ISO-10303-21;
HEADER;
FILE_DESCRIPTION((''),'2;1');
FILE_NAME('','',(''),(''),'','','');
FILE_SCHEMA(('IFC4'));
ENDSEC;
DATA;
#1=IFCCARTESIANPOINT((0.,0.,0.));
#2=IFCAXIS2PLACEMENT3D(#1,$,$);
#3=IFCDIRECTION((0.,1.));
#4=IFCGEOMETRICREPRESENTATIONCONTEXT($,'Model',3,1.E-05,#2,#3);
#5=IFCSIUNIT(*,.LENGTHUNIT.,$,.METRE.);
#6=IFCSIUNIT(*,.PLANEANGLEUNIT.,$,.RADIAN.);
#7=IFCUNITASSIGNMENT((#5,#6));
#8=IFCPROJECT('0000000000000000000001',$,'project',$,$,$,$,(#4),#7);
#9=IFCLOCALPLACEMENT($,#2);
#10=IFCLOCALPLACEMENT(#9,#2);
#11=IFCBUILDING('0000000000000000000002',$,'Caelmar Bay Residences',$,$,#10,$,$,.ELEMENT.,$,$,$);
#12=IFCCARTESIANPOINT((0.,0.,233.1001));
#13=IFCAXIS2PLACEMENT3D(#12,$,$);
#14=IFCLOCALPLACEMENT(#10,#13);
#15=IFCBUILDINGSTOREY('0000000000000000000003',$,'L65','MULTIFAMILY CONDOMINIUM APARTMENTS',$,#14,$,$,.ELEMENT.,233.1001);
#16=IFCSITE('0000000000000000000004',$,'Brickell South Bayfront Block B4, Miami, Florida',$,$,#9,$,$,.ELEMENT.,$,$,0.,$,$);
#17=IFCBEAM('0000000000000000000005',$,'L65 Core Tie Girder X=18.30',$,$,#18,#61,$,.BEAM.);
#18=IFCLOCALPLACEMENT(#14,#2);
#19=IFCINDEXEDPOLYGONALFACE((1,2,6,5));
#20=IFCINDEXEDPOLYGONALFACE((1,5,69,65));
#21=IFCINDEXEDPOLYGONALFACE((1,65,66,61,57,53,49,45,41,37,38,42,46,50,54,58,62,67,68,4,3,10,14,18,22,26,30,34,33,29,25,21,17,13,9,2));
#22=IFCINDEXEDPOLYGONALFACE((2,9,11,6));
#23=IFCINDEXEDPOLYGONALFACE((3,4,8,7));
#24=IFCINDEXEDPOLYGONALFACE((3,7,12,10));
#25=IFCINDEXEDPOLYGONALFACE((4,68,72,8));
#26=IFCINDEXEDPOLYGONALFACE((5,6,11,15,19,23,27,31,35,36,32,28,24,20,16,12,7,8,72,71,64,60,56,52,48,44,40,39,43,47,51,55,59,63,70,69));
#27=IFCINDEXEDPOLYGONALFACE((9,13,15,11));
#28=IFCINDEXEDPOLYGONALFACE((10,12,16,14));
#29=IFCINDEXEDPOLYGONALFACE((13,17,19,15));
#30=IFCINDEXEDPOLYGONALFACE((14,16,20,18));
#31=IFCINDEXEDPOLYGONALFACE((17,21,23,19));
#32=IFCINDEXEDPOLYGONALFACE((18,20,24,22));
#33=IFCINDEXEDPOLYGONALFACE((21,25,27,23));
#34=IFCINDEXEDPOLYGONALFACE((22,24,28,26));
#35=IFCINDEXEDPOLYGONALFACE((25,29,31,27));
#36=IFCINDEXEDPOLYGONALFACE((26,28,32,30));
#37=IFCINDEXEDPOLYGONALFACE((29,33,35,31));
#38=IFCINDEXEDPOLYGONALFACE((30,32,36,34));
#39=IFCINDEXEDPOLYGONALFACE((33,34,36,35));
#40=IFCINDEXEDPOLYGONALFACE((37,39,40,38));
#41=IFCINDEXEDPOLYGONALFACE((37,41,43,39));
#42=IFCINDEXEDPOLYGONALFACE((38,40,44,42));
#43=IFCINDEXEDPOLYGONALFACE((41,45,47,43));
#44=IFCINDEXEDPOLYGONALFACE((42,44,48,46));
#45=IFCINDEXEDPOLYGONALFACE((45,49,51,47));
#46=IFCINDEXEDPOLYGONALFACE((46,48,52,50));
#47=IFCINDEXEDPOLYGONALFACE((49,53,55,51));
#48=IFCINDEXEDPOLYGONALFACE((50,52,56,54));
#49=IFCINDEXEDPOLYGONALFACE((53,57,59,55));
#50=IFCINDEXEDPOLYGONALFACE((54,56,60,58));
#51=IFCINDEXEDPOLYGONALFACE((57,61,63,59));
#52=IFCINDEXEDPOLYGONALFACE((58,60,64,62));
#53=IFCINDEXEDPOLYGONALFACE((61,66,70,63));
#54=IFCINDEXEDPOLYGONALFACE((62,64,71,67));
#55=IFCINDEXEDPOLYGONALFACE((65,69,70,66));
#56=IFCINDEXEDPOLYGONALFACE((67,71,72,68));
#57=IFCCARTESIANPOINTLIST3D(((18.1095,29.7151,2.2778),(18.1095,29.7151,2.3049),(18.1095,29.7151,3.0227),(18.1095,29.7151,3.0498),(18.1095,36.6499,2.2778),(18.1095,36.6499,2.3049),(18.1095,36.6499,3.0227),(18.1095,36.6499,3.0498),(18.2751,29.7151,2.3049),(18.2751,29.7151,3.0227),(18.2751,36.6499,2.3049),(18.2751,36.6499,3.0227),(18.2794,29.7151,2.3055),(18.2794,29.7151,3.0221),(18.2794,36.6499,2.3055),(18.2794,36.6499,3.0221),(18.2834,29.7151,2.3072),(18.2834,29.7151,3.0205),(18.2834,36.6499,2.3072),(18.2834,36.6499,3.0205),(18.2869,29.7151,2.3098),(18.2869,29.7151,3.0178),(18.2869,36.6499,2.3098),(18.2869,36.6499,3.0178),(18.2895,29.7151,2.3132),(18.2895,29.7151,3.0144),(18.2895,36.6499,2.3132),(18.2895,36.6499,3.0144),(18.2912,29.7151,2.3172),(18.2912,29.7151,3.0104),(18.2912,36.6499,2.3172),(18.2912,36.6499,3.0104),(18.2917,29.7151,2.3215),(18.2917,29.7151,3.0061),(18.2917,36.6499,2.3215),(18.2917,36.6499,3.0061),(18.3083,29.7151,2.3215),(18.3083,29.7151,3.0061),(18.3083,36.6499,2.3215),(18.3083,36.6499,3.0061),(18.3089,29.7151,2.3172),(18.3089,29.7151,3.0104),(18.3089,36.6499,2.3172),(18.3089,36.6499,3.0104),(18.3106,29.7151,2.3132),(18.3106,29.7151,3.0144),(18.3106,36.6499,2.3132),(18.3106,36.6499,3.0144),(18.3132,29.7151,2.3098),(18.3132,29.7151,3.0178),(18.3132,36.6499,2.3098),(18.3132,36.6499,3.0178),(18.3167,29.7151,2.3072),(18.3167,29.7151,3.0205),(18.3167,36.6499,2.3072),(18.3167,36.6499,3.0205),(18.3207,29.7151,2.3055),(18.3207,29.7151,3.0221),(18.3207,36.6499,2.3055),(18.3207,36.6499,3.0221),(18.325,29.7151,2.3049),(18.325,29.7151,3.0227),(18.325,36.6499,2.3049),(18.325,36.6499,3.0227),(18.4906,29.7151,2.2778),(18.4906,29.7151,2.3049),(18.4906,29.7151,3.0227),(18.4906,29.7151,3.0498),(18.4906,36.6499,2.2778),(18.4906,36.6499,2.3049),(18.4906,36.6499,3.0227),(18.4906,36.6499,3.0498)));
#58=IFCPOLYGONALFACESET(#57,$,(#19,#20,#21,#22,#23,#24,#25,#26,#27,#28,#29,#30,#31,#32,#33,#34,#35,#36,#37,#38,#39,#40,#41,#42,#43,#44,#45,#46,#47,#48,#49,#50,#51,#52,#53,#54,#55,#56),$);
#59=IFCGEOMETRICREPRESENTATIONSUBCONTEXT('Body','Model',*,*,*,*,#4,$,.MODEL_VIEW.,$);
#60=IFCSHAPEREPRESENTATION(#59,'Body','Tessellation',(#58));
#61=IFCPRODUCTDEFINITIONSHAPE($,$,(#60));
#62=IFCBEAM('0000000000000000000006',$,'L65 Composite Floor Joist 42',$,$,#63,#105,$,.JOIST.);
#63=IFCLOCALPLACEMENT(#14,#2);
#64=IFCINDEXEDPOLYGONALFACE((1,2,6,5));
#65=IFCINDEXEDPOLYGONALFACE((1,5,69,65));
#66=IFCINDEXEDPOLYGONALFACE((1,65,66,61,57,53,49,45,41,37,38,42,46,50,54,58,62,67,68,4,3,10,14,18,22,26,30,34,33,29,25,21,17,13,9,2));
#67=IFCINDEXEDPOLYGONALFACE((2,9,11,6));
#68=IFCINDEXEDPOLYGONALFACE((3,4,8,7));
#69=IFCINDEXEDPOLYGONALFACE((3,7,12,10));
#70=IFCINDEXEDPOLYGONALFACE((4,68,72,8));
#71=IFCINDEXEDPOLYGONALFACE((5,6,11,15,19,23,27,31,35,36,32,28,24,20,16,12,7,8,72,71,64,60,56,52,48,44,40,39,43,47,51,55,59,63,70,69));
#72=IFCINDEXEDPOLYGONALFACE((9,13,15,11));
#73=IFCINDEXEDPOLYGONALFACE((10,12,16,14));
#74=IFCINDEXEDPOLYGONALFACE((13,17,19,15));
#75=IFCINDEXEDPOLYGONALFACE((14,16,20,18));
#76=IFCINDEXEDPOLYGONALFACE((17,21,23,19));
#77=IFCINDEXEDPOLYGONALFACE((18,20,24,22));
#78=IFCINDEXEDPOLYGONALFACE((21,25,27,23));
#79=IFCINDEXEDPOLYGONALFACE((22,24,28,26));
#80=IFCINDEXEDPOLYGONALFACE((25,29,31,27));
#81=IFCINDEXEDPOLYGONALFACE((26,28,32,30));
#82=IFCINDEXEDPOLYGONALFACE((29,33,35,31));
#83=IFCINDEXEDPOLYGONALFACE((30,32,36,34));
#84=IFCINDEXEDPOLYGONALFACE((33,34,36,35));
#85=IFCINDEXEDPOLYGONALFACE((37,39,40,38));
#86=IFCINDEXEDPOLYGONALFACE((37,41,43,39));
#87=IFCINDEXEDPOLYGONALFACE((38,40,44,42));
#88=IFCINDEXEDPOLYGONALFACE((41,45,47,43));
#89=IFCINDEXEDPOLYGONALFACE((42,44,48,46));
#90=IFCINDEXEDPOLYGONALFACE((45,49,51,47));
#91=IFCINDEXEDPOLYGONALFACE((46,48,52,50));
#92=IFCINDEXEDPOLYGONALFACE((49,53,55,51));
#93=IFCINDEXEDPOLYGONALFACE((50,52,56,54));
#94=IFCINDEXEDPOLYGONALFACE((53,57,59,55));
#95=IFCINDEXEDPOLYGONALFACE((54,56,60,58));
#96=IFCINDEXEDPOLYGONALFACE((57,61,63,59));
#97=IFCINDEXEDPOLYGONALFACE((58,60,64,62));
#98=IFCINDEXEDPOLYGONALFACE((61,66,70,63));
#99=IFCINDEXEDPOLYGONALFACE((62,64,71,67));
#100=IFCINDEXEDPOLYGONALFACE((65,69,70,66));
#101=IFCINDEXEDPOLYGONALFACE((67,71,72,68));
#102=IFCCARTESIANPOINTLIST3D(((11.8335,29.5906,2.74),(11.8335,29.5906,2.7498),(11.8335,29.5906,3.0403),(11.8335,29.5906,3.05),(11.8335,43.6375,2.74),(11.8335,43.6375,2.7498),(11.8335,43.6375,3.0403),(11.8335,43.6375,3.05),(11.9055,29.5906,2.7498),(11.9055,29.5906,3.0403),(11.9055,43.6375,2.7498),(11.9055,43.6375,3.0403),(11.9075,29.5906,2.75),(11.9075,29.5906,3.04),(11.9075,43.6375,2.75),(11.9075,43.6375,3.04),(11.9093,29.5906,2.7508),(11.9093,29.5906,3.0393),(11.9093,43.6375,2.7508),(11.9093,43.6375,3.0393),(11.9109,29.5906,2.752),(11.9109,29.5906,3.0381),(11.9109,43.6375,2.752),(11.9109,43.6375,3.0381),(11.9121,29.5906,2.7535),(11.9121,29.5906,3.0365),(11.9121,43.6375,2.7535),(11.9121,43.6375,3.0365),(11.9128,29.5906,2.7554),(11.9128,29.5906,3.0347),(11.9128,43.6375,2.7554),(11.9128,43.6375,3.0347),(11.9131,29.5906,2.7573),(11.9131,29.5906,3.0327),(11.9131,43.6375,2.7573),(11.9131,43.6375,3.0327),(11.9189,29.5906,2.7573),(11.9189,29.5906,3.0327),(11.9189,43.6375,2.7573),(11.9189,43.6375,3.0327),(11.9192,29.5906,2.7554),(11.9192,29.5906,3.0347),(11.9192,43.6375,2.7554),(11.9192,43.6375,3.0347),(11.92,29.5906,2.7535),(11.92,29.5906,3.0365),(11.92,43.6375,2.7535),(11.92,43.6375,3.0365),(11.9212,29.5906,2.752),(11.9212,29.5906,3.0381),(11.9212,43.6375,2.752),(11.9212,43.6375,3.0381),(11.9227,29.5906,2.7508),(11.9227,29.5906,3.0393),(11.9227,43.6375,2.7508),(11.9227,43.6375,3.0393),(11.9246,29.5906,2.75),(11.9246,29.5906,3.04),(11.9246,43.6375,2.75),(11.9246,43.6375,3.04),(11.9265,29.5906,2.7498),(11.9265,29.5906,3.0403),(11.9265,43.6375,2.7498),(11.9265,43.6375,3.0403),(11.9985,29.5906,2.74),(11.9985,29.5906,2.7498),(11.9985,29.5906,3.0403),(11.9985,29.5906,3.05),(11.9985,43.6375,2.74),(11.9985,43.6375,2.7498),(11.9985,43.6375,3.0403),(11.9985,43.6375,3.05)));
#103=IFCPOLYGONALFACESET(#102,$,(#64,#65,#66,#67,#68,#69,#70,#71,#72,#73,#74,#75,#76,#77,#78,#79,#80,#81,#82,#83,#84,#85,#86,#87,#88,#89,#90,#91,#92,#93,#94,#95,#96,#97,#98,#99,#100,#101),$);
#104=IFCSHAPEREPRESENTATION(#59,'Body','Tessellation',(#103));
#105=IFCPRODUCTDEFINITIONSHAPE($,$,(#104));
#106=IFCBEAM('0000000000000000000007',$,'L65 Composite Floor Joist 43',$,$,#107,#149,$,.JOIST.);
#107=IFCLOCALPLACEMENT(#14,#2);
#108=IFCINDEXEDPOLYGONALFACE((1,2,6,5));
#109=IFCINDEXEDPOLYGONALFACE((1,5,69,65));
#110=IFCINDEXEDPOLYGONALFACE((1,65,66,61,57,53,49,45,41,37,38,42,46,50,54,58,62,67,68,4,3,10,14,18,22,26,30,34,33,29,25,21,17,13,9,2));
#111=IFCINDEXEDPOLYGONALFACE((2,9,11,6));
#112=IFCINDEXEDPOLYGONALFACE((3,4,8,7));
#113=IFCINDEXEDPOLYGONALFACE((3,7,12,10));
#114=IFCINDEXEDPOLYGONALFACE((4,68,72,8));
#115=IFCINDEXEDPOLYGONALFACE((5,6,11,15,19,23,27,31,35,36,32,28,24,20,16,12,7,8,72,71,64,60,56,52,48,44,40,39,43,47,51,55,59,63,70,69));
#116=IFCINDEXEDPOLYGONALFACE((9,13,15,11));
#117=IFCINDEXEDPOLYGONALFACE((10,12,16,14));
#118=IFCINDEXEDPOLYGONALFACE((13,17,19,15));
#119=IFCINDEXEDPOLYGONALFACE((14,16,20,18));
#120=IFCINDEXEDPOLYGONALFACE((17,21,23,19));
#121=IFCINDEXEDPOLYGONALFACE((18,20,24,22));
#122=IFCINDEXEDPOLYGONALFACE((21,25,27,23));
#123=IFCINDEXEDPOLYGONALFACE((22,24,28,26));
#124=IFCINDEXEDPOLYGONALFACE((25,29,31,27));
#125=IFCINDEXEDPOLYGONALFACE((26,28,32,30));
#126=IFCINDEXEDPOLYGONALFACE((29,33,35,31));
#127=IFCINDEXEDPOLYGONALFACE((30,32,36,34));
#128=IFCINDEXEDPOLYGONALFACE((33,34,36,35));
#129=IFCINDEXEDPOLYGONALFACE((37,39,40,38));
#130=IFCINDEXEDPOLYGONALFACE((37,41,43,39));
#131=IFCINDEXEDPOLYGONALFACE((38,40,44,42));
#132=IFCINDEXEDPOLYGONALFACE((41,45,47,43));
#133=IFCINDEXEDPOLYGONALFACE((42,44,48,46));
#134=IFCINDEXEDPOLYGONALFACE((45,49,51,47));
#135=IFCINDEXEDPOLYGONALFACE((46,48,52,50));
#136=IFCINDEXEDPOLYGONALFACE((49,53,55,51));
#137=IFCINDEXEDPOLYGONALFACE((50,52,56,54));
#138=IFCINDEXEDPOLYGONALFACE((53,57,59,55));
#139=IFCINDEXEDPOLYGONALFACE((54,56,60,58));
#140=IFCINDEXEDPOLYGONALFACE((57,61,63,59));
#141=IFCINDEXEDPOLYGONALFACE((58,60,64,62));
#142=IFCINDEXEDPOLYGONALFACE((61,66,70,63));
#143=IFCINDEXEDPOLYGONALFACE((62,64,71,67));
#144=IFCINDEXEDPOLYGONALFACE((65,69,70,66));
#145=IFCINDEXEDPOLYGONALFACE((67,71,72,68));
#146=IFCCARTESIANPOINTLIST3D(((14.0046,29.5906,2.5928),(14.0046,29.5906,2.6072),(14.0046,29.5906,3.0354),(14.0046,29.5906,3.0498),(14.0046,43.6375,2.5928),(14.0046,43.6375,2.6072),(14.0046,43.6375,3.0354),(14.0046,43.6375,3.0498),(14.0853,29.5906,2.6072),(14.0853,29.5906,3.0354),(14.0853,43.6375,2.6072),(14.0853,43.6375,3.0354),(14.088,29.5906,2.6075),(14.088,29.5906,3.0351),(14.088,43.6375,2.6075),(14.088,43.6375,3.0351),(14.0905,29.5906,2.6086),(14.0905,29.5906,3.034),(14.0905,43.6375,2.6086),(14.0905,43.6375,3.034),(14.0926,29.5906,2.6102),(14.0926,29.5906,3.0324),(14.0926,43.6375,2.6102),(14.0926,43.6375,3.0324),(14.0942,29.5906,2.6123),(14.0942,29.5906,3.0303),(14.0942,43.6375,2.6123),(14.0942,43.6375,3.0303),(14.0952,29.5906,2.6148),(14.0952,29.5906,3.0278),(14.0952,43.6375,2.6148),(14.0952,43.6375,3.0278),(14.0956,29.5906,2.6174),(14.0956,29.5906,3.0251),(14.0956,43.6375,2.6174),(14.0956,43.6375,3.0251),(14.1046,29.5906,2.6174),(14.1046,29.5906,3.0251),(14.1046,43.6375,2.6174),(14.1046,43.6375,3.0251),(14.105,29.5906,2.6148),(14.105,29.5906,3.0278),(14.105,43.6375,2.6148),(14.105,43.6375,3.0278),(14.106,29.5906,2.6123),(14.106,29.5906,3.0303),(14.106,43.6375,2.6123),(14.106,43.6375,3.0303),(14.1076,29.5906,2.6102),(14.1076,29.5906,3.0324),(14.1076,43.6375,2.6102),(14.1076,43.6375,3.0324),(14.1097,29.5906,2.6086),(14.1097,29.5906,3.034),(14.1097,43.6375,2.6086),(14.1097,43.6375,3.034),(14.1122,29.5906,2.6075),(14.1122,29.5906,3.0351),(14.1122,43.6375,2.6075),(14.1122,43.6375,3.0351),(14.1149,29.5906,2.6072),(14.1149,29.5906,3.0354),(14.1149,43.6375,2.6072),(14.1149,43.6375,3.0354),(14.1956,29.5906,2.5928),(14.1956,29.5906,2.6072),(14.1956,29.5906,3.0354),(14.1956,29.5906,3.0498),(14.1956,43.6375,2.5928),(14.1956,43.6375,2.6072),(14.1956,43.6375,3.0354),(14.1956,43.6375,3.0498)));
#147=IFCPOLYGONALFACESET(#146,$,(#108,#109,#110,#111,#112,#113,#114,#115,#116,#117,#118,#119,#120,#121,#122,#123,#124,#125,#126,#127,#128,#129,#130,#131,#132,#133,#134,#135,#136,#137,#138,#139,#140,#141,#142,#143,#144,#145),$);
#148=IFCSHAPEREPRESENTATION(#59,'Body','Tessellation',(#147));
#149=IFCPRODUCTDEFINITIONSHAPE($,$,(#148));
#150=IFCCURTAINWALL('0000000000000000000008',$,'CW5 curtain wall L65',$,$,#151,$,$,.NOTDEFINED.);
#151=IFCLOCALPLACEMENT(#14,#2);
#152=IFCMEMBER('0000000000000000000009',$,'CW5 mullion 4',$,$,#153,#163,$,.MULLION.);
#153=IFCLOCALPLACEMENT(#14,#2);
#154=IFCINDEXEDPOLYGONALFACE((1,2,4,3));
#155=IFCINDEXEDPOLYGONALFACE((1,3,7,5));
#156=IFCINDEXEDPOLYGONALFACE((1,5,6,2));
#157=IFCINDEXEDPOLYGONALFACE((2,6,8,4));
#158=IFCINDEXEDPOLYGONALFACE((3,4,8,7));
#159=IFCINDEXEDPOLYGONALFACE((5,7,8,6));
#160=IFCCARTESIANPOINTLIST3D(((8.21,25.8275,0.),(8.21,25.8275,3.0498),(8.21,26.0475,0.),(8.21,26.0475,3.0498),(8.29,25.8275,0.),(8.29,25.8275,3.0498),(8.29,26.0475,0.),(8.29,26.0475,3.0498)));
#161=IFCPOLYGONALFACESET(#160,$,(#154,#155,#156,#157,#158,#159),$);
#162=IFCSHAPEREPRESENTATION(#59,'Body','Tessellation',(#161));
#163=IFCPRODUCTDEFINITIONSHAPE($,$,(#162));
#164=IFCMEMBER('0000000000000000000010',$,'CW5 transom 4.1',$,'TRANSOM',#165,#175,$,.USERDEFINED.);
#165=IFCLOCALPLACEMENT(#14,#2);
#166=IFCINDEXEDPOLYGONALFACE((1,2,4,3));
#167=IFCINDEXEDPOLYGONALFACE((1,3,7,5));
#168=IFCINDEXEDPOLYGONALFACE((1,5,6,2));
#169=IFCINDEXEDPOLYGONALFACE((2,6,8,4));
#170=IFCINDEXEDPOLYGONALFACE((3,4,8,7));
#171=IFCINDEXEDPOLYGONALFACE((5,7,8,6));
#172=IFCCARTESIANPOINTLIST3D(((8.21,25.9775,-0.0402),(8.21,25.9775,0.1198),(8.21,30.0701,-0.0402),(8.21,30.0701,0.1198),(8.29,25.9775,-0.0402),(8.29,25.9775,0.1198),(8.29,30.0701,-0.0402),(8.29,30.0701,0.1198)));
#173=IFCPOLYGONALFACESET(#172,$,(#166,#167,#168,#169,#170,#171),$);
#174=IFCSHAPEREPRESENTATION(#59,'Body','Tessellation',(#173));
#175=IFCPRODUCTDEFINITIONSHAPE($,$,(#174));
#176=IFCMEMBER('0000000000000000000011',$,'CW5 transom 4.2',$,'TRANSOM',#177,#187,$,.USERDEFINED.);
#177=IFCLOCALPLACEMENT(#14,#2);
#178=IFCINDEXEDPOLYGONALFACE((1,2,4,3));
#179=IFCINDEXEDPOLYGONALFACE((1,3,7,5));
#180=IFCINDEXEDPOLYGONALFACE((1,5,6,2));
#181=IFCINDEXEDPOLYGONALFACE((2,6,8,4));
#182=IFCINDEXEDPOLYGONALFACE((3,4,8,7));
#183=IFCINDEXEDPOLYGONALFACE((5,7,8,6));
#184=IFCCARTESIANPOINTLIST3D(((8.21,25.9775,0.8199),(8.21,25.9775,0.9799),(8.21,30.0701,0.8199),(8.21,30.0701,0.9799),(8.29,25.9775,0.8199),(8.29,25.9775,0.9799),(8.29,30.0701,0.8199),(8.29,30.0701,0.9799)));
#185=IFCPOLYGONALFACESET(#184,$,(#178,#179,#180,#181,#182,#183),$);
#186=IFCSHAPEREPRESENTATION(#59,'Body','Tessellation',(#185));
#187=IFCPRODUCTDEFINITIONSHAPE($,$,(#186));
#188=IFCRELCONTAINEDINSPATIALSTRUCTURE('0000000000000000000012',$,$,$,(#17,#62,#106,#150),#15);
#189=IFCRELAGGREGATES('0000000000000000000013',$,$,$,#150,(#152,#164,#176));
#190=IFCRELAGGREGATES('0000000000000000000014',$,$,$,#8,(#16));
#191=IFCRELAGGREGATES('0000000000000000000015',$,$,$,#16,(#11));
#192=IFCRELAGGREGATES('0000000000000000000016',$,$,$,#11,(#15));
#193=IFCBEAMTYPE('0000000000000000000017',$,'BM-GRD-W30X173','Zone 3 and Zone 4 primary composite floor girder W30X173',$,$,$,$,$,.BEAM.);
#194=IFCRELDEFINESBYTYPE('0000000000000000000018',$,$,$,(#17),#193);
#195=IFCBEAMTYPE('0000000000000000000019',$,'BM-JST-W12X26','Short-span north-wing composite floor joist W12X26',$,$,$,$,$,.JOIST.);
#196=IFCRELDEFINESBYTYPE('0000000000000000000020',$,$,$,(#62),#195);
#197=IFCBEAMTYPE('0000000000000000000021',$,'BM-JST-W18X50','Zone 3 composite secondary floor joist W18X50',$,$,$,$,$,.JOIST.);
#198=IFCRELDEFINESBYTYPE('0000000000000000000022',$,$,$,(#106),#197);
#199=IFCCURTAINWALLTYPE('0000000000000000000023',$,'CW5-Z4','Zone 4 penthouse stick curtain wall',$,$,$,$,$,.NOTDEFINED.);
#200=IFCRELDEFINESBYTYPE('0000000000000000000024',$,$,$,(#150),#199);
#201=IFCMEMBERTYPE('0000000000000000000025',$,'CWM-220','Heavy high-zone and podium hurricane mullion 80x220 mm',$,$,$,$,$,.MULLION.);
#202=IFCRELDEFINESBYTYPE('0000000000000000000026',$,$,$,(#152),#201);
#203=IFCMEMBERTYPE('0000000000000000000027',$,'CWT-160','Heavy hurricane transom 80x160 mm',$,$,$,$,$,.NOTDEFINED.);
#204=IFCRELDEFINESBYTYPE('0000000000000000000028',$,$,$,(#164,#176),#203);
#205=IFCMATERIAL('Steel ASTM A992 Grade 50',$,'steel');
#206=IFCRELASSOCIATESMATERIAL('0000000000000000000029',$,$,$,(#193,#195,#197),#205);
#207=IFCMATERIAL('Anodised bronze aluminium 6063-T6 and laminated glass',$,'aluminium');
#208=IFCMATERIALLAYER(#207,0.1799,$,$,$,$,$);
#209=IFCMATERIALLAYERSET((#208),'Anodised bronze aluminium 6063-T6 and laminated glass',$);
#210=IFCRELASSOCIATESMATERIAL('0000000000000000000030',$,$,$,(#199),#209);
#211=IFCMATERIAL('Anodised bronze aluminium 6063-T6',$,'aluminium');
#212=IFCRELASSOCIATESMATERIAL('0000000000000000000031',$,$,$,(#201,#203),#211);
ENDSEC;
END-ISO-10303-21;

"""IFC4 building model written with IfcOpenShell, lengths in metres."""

from ifc_helpers import new_model, si_unit, direction, frame, origin, origin_2d, place, context, subcontext, project, spatial, rectangle, i_section, extrude, material, layer, layer_set, material_profile, profile_set, type_object, element, aggregate, save


model = new_model("IFC4")

# Units and contexts
model_context = context("Model", 3, precision=1e-05, world=origin(), true_north=direction((0.0, 1.0)))
body_context = subcontext(model_context, "Body", "Model", "MODEL_VIEW")
ifc_project = project(units=[si_unit("LENGTHUNIT", "METRE"), si_unit("PLANEANGLEUNIT", "RADIAN")], contexts=[model_context])

# Site, building, storey
site_placement = place(None, origin())
site = spatial("IfcSite", under=ifc_project, at=site_placement, Name="Brickell South Bayfront Block B4, Miami, Florida", CompositionType="ELEMENT", RefElevation=0.0)
building_placement = place(site_placement, origin())
building = spatial("IfcBuilding", under=site, at=building_placement, Name="Caelmar Bay Residences", CompositionType="ELEMENT")
storey_placement = place(building_placement, frame((0.0, 0.0, 233.1001)))
storey = spatial("IfcBuildingStorey", under=building, at=storey_placement, Name="L65", Description="MULTIFAMILY CONDOMINIUM APARTMENTS", CompositionType="ELEMENT", Elevation=233.1001)

# Beams
ifc_material_1 = material(Name="Steel ASTM A992 Grade 50", Category="steel")
ifc_material_profile_1 = material_profile(ifc_material_1, i_section(OverallWidth=0.3811, OverallDepth=0.772, WebThickness=0.0166, FlangeThickness=0.0271, FilletRadius=0.0166, at=origin_2d()), Name="W30X173")
ifc_profile_set_1 = profile_set([ifc_material_profile_1], Name="Steel ASTM A992 Grade 50")
beam_type_1 = type_object("IfcBeamType", Name="BM-GRD-W30X173", Description="Zone 3 and Zone 4 primary composite floor girder W30X173", PredefinedType="BEAM", material=ifc_profile_set_1)
beam_1_placement = place(storey_placement, frame((18.3, 29.7151, 2.6638), z_axis=(0.0, 1.0, 0.0), x_axis=(-1.0, 0.0, 0.0)))
element("IfcBeam", 1, at=beam_1_placement, inside=storey, type_object=beam_type_1, Name="L65 Core Tie Girder X=18.30", PredefinedType="BEAM", context=body_context, shape_type="SweptSolid", body=[
    extrude(i_section(OverallWidth=0.3811, OverallDepth=0.772, WebThickness=0.0166, FlangeThickness=0.0271, FilletRadius=0.0166, at=origin_2d()), origin(), (0.0, 0.0, 1.0), 6.9348),
])
ifc_material_profile_2 = material_profile(ifc_material_1, i_section(OverallWidth=0.165, OverallDepth=0.3101, WebThickness=0.0059, FlangeThickness=0.0098, FilletRadius=0.0076, at=origin_2d()), Name="W12X26")
ifc_profile_set_2 = profile_set([ifc_material_profile_2], Name="Steel ASTM A992 Grade 50")
beam_type_2 = type_object("IfcBeamType", Name="BM-JST-W12X26", Description="Short-span north-wing composite floor joist W12X26", PredefinedType="JOIST", material=ifc_profile_set_2)
beam_2_placement = place(storey_placement, frame((11.916, 29.5906, 2.895), z_axis=(0.0, 1.0, 0.0), x_axis=(-1.0, 0.0, 0.0)))
element("IfcBeam", 2, at=beam_2_placement, inside=storey, type_object=beam_type_2, Name="L65 Composite Floor Joist 42", PredefinedType="JOIST", context=body_context, shape_type="SweptSolid", body=[
    extrude(i_section(OverallWidth=0.165, OverallDepth=0.3101, WebThickness=0.0059, FlangeThickness=0.0098, FilletRadius=0.0076, at=origin_2d()), origin(), (0.0, 0.0, 1.0), 14.0469),
])
ifc_material_profile_3 = material_profile(ifc_material_1, i_section(OverallWidth=0.1909, OverallDepth=0.457, WebThickness=0.009, FlangeThickness=0.0144, FilletRadius=0.0103, at=origin_2d()), Name="W18X50")
ifc_profile_set_3 = profile_set([ifc_material_profile_3], Name="Steel ASTM A992 Grade 50")
beam_type_3 = type_object("IfcBeamType", Name="BM-JST-W18X50", Description="Zone 3 composite secondary floor joist W18X50", PredefinedType="JOIST", material=ifc_profile_set_3)
beam_3_placement = place(storey_placement, frame((14.1001, 29.5906, 2.8213), z_axis=(0.0, 1.0, 0.0), x_axis=(-1.0, 0.0, 0.0)))
element("IfcBeam", 3, at=beam_3_placement, inside=storey, type_object=beam_type_3, Name="L65 Composite Floor Joist 43", PredefinedType="JOIST", context=body_context, shape_type="SweptSolid", body=[
    extrude(i_section(OverallWidth=0.1909, OverallDepth=0.457, WebThickness=0.009, FlangeThickness=0.0144, FilletRadius=0.0103, at=origin_2d()), origin(), (0.0, 0.0, 1.0), 14.0469),
])

# Curtain wall, members
ifc_material_2 = material(Name="Anodised bronze aluminium 6063-T6 and laminated glass", Category="aluminium")
ifc_layer_1 = layer(ifc_material_2, 0.1799)
ifc_layer_set_1 = layer_set([ifc_layer_1], Name="Anodised bronze aluminium 6063-T6 and laminated glass")
curtain_wall_type = type_object("IfcCurtainWallType", Name="CW5-Z4", Description="Zone 4 penthouse stick curtain wall", PredefinedType="NOTDEFINED", material=ifc_layer_set_1)
curtain_wall_placement = place(storey_placement, origin())
curtain_wall = element("IfcCurtainWall", 4, at=curtain_wall_placement, inside=storey, type_object=curtain_wall_type, Name="CW5 curtain wall L65", PredefinedType="NOTDEFINED")
ifc_material_3 = material(Name="Anodised bronze aluminium 6063-T6", Category="aluminium")
ifc_material_profile_4 = material_profile(ifc_material_3, rectangle(XDim=0.0801, YDim=0.22, at=origin_2d()), Name="CWM-80X220")
ifc_profile_set_4 = profile_set([ifc_material_profile_4], Name="Anodised bronze aluminium 6063-T6")
member_type_1 = type_object("IfcMemberType", Name="CWM-220", Description="Heavy high-zone and podium hurricane mullion 80x220 mm", PredefinedType="MULLION", material=ifc_profile_set_4)
member_1_placement = place(storey_placement, frame((8.25, 25.9375, 0.0), z_axis=(0.0, 0.0, 1.0), x_axis=(-1.0, 0.0, 0.0)))
member_1 = element("IfcMember", 5, at=member_1_placement, type_object=member_type_1, Name="CW5 mullion 4", PredefinedType="MULLION", context=body_context, shape_type="SweptSolid", body=[
    extrude(rectangle(XDim=0.0801, YDim=0.22, at=origin_2d()), origin(), (0.0, 0.0, 1.0), 3.0498),
])
ifc_material_profile_5 = material_profile(ifc_material_3, rectangle(XDim=0.0801, YDim=0.1599, at=origin_2d()), Name="CWT-80X160")
ifc_profile_set_5 = profile_set([ifc_material_profile_5], Name="Anodised bronze aluminium 6063-T6")
member_type_2 = type_object("IfcMemberType", Name="CWT-160", Description="Heavy hurricane transom 80x160 mm", PredefinedType="NOTDEFINED", material=ifc_profile_set_5)
member_2_placement = place(storey_placement, frame((8.25, 25.9775, 0.0398), z_axis=(0.0, 1.0, 0.0), x_axis=(-1.0, 0.0, 0.0)))
member_2 = element("IfcMember", 6, at=member_2_placement, type_object=member_type_2, Name="CW5 transom 4.1", ObjectType="TRANSOM", PredefinedType="USERDEFINED", context=body_context, shape_type="SweptSolid", body=[
    extrude(rectangle(XDim=0.0801, YDim=0.1599, at=origin_2d()), origin(), (0.0, 0.0, 1.0), 4.0925),
])
member_3_placement = place(storey_placement, frame((8.25, 25.9775, 0.8999), z_axis=(0.0, 1.0, 0.0), x_axis=(-1.0, 0.0, 0.0)))
member_3 = element("IfcMember", 7, at=member_3_placement, type_object=member_type_2, Name="CW5 transom 4.2", ObjectType="TRANSOM", PredefinedType="USERDEFINED", context=body_context, shape_type="SweptSolid", body=[
    extrude(rectangle(XDim=0.0801, YDim=0.1599, at=origin_2d()), origin(), (0.0, 0.0, 1.0), 4.0925),
])
aggregate(curtain_wall, [member_1, member_2, member_3])

save(model, "model.ifc")
